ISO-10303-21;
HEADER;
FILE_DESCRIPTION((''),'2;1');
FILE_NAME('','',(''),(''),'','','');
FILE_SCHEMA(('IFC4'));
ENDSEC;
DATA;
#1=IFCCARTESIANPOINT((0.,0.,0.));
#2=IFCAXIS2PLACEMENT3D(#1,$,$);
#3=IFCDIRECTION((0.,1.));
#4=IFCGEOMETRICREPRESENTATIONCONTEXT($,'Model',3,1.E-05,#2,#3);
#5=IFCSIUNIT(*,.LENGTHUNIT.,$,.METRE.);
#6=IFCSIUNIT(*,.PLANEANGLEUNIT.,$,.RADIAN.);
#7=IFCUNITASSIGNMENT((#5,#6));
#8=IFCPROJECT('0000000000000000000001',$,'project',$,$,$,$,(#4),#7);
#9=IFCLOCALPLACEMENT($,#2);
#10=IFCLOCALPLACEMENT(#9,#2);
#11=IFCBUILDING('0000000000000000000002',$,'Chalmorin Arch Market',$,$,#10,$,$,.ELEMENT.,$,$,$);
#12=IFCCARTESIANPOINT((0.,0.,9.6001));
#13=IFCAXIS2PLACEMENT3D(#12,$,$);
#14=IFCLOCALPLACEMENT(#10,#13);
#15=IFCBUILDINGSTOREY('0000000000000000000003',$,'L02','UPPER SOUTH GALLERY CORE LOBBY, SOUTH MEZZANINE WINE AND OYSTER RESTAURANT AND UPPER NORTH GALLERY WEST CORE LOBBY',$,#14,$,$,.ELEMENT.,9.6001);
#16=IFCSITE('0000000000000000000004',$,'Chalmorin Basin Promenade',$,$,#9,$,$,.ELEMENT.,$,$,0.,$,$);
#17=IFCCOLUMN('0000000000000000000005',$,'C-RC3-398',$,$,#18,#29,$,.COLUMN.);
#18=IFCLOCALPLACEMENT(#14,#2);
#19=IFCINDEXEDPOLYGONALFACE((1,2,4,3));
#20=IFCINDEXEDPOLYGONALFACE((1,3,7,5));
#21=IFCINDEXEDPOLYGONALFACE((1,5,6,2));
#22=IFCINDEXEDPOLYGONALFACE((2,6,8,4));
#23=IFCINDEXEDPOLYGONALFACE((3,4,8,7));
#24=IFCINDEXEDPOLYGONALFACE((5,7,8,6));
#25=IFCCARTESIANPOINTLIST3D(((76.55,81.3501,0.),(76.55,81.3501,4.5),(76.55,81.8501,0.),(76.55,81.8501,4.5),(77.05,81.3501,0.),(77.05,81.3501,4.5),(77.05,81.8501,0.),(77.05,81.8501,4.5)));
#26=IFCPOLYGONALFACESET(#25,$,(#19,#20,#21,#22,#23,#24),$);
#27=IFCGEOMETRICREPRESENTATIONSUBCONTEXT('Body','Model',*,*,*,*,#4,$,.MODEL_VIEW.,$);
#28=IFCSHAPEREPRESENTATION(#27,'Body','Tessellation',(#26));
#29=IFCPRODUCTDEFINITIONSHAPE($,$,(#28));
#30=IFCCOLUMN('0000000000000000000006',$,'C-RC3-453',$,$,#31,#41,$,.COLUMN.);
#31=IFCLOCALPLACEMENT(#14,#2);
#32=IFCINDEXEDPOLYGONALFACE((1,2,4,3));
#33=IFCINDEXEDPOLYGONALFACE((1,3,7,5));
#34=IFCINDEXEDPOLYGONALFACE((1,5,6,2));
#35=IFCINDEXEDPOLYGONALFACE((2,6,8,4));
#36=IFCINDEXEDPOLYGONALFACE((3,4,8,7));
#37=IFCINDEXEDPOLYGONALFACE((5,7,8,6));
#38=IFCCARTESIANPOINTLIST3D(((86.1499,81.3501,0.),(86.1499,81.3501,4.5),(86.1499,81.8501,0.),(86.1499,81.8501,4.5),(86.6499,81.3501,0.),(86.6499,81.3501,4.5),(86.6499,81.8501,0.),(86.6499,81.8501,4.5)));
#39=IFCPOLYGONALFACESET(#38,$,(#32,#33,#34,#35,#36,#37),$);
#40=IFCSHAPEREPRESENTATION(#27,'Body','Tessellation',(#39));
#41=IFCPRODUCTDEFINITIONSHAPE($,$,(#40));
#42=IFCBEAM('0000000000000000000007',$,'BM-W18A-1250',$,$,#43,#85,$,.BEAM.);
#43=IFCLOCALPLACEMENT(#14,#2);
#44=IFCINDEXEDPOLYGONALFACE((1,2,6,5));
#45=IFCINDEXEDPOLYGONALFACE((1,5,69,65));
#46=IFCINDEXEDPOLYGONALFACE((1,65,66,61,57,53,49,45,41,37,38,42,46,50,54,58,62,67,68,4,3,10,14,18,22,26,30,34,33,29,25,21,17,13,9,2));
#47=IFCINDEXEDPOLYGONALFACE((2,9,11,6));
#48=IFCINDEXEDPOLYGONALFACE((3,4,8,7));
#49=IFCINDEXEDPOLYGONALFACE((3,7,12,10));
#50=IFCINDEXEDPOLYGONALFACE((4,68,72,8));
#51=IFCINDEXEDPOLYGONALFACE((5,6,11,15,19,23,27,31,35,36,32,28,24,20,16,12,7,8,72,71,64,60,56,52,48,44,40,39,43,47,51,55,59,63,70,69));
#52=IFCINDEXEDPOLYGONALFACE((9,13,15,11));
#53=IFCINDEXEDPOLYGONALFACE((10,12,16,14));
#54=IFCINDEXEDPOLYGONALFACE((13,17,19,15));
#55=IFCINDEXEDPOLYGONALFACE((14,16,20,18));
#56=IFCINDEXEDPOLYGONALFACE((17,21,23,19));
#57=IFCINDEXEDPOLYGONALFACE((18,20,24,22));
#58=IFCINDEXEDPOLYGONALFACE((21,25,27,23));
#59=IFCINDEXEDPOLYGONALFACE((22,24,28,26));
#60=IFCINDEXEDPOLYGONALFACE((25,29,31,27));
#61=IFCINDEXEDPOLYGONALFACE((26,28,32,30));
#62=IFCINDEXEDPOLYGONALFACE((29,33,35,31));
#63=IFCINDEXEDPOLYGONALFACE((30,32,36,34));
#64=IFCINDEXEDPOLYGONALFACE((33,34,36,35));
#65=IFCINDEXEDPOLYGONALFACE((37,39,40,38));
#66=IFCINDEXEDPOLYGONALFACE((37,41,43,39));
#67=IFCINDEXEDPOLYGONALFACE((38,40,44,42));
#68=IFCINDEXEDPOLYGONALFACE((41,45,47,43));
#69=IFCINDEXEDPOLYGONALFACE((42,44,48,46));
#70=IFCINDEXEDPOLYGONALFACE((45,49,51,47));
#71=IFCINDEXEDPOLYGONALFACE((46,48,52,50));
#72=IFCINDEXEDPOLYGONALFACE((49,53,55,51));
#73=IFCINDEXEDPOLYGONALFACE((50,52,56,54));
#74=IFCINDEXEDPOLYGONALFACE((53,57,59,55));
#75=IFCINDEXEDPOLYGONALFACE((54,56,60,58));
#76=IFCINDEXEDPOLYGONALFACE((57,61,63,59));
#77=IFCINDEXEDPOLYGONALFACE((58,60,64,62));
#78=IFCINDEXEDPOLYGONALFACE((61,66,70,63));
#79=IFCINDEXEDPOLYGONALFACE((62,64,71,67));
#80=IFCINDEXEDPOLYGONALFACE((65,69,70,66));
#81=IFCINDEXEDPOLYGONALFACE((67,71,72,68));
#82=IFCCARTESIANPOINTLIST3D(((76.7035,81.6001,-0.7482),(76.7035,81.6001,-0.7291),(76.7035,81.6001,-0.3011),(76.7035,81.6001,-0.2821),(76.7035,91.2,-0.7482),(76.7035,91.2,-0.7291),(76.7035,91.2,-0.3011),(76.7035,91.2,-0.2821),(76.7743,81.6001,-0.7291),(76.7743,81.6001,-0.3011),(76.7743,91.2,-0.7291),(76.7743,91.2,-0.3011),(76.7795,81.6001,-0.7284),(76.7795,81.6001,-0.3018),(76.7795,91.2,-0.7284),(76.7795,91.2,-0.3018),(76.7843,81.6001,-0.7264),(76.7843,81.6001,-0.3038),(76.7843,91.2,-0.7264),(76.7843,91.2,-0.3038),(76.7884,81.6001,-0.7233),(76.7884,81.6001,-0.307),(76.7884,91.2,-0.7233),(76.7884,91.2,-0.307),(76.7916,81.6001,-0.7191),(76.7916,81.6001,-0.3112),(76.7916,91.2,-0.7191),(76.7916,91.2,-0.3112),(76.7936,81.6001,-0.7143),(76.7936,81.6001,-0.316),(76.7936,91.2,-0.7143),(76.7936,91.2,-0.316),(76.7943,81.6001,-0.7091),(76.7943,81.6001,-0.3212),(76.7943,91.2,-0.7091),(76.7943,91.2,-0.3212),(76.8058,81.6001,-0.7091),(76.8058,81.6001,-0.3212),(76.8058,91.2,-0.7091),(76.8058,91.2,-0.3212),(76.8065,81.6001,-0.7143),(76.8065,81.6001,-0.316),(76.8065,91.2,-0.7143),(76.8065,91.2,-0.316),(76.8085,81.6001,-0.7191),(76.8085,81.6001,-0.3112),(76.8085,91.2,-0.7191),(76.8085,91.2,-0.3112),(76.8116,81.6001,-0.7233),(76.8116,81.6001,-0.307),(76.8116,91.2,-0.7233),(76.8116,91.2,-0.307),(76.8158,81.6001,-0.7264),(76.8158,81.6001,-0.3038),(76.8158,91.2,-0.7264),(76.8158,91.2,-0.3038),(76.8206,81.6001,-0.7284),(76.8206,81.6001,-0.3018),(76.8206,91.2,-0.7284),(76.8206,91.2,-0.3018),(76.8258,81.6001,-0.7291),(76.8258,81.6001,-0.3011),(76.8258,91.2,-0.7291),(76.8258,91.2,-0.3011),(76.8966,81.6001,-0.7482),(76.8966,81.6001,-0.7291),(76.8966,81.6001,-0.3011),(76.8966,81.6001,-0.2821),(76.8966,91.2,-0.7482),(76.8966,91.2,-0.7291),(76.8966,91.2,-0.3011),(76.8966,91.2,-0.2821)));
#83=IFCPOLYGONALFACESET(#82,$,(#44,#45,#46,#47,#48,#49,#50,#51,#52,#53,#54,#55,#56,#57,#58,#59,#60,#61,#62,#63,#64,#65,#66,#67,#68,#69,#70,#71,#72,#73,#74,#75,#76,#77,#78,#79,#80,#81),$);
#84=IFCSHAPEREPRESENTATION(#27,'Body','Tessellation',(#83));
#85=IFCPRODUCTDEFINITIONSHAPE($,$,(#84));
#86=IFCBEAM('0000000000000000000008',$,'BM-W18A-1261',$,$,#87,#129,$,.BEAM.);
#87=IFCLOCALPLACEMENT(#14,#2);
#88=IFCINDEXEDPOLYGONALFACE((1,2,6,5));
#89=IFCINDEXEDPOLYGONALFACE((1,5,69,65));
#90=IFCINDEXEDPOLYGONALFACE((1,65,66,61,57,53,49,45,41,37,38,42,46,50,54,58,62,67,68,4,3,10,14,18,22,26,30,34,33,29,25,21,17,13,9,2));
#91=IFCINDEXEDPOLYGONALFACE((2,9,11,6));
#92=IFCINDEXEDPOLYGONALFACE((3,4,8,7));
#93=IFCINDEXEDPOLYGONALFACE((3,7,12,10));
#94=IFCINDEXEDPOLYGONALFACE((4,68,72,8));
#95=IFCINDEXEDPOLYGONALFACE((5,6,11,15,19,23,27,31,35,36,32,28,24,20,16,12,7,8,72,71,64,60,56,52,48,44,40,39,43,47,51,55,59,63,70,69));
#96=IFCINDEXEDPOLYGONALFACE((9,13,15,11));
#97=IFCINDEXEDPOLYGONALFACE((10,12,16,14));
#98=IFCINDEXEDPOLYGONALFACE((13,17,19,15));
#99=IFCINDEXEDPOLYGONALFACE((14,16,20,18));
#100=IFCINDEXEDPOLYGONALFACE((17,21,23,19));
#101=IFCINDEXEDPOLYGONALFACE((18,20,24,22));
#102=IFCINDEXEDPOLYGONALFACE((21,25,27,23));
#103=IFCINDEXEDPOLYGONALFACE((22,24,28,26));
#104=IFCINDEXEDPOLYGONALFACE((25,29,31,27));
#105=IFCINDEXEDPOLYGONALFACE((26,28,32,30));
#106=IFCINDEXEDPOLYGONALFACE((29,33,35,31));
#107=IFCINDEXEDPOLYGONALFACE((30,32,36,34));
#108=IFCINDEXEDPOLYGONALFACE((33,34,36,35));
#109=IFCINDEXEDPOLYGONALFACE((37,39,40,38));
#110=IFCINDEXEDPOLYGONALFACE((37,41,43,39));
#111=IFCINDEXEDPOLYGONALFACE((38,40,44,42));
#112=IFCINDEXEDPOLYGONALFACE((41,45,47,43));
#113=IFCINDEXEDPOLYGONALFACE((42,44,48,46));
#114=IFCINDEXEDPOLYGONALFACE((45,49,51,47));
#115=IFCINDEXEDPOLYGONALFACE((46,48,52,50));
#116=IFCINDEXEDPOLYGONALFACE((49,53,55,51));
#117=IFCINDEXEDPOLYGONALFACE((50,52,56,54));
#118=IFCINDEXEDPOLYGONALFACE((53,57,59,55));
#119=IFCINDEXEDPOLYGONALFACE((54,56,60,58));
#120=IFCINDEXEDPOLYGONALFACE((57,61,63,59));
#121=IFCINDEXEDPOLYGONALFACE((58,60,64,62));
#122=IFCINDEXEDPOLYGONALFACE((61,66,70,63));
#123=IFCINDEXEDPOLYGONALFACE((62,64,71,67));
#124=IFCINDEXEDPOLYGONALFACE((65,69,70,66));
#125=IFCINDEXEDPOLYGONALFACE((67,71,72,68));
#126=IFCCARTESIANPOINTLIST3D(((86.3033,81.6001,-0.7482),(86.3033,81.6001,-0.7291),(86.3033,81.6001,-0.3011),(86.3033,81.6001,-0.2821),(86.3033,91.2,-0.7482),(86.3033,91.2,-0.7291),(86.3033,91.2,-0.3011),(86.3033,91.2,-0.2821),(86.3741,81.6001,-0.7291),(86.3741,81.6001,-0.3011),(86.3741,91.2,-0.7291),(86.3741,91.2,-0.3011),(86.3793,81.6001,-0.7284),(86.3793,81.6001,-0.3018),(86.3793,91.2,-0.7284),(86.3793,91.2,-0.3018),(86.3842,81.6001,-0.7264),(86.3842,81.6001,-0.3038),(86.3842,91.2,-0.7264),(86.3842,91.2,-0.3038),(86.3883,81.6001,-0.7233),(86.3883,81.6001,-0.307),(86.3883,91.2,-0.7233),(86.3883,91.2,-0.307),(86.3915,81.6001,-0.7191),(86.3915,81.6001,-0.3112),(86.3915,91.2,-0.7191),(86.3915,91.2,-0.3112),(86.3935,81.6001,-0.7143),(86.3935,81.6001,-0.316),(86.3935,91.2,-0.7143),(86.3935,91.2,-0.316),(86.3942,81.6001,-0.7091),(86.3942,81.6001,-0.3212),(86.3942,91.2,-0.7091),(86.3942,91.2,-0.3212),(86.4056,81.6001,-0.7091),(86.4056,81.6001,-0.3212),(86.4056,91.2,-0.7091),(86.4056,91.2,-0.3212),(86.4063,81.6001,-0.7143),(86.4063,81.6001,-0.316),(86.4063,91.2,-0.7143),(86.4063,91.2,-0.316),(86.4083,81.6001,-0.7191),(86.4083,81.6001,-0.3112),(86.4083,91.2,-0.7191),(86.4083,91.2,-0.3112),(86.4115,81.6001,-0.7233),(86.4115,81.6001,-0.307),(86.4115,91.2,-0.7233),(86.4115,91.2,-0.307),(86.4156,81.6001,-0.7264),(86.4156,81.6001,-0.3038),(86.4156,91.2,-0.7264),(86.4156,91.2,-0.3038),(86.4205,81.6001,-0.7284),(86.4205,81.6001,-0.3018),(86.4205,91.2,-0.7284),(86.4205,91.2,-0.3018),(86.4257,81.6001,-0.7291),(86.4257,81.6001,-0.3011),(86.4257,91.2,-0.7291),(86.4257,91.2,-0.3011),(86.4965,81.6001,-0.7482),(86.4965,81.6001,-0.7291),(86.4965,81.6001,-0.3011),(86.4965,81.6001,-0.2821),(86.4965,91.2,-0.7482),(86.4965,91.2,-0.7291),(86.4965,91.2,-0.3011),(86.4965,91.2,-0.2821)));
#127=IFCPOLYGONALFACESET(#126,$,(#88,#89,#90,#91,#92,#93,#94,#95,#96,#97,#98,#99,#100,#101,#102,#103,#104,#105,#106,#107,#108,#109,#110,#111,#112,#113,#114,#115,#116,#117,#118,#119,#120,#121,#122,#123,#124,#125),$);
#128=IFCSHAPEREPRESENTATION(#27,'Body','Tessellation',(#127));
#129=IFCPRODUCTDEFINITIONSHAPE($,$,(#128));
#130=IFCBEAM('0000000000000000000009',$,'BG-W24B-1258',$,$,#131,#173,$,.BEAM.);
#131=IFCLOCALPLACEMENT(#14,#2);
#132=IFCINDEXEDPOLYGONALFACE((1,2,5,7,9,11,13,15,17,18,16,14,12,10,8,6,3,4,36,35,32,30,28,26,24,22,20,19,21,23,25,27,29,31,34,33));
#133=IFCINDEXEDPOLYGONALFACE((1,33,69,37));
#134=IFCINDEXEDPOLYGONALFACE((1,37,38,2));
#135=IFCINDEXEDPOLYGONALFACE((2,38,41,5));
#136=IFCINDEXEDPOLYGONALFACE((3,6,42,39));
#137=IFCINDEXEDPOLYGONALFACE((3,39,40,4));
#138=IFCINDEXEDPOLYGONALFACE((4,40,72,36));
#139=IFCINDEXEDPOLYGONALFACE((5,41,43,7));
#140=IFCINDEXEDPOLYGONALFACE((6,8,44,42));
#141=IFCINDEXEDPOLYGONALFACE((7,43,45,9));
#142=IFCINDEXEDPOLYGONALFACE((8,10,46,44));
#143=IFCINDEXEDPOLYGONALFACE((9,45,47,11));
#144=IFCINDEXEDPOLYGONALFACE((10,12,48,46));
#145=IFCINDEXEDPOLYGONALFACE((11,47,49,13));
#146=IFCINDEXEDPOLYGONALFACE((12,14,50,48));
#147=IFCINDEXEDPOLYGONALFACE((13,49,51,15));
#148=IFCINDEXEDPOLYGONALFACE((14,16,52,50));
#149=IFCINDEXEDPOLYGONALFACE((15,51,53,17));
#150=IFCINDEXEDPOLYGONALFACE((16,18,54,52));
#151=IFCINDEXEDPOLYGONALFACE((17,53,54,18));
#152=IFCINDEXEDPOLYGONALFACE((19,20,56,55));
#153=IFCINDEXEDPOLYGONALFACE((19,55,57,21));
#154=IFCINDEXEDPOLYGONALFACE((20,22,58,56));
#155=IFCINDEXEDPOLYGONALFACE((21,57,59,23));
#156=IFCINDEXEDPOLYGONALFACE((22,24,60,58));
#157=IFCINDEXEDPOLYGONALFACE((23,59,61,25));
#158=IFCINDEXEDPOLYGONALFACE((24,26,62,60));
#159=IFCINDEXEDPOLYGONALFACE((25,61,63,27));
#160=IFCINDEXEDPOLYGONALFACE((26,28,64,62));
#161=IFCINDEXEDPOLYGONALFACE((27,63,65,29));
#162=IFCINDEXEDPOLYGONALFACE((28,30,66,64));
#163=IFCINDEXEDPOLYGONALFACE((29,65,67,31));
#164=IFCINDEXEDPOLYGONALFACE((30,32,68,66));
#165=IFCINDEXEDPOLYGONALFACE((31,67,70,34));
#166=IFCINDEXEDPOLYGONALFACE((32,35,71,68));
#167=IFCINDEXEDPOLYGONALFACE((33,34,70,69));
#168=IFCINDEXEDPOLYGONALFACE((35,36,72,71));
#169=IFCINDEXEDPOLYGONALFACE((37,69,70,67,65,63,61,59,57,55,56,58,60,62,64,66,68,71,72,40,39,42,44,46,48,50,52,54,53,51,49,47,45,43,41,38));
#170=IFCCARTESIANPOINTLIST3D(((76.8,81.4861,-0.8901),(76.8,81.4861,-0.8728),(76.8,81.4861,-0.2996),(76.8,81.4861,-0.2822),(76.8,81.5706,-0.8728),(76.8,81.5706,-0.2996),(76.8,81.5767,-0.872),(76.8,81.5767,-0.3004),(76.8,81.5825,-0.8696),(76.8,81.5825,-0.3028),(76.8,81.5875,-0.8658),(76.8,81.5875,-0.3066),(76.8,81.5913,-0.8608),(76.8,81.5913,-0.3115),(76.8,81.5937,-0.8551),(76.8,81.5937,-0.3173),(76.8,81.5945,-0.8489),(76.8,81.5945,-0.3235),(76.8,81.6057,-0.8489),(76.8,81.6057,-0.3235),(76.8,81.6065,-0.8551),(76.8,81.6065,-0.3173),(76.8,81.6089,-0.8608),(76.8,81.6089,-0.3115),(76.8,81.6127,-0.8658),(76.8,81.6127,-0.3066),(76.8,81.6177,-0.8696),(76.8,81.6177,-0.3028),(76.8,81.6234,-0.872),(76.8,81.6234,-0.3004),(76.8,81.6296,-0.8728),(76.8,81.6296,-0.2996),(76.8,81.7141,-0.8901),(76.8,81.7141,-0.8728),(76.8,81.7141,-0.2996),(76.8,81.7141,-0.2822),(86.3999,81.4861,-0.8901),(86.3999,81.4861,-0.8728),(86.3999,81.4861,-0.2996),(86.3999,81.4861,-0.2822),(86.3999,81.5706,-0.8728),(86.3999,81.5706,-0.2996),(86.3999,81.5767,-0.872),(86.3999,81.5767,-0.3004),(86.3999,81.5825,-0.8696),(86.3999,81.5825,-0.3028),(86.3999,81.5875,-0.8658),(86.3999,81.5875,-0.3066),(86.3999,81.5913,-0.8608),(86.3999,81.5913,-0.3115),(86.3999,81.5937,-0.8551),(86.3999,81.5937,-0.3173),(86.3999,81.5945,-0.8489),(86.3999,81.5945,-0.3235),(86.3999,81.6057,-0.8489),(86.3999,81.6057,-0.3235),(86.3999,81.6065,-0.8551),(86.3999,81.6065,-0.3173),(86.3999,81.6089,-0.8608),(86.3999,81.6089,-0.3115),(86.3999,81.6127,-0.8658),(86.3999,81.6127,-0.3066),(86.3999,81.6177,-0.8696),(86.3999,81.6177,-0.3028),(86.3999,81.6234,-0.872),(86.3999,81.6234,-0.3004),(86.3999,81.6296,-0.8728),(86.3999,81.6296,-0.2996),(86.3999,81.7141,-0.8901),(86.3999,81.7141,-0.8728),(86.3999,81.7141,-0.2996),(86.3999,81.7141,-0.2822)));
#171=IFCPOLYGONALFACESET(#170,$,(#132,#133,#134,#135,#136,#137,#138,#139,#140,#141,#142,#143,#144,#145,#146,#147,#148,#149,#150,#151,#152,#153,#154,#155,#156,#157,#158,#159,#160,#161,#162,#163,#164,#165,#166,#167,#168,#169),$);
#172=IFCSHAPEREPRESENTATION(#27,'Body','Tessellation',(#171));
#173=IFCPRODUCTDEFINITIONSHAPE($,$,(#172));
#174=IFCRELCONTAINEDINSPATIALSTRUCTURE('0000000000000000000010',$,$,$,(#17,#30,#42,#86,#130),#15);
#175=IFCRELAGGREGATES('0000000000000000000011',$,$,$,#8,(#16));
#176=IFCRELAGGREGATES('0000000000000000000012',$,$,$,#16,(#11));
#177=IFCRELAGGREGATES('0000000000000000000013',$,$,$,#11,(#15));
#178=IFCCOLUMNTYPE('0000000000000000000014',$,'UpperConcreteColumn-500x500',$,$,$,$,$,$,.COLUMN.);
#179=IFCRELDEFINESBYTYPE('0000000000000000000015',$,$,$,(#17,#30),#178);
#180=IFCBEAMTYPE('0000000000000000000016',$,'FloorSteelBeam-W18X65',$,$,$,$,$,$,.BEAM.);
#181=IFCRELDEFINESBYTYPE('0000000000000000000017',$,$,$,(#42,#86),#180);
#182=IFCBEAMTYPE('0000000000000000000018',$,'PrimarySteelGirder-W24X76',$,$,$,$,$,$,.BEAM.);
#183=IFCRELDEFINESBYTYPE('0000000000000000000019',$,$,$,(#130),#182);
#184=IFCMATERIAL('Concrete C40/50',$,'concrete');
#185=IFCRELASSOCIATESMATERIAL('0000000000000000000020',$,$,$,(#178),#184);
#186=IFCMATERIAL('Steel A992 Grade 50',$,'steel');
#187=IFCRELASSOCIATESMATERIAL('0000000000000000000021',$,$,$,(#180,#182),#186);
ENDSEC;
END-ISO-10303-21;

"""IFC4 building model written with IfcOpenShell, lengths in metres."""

from ifc_helpers import new_model, si_unit, direction, frame, origin, origin_2d, place, context, subcontext, project, spatial, rectangle, i_section, extrude, material, material_profile, profile_set, type_object, element, save


model = new_model("IFC4")

# Units and contexts
model_context = context("Model", 3, precision=1e-05, world=origin(), true_north=direction((0.0, 1.0)))
body_context = subcontext(model_context, "Body", "Model", "MODEL_VIEW")
ifc_project = project(units=[si_unit("LENGTHUNIT", "METRE"), si_unit("PLANEANGLEUNIT", "RADIAN")], contexts=[model_context])

# Site, building, storey
site_placement = place(None, origin())
site = spatial("IfcSite", under=ifc_project, at=site_placement, Name="Chalmorin Basin Promenade", CompositionType="ELEMENT", RefElevation=0.0)
building_placement = place(site_placement, origin())
building = spatial("IfcBuilding", under=site, at=building_placement, Name="Chalmorin Arch Market", CompositionType="ELEMENT")
storey_placement = place(building_placement, frame((0.0, 0.0, 9.6001)))
storey = spatial("IfcBuildingStorey", under=building, at=storey_placement, Name="L02", Description="UPPER SOUTH GALLERY CORE LOBBY, SOUTH MEZZANINE WINE AND OYSTER RESTAURANT AND UPPER NORTH GALLERY WEST CORE LOBBY", CompositionType="ELEMENT", Elevation=9.6001)

# Columns
ifc_material_1 = material(Name="Concrete C40/50", Category="concrete")
ifc_material_profile_1 = material_profile(ifc_material_1, rectangle(XDim=0.5, YDim=0.5, at=origin_2d()), Name="RC500X500")
ifc_profile_set_1 = profile_set([ifc_material_profile_1], Name="Concrete C40/50")
column_type = type_object("IfcColumnType", Name="UpperConcreteColumn-500x500", PredefinedType="COLUMN", material=ifc_profile_set_1)
for number, where, z_axis, x_axis, name in (
    (1, (76.8, 81.6001, 0.0), (0.0, 0.0, 1.0), (1.0, 0.0, 0.0), "C-RC3-398"),
    (2, (86.3999, 81.6001, 0.0), (0.0, 0.0, 1.0), (1.0, 0.0, 0.0), "C-RC3-453"),
):
    element("IfcColumn", number, at=place(storey_placement, frame(where, z_axis=z_axis, x_axis=x_axis)), inside=storey, type_object=column_type, Name=name, PredefinedType="COLUMN", context=body_context, shape_type="SweptSolid", body=[
        extrude(rectangle(XDim=0.5, YDim=0.5, at=origin_2d()), origin(), (0.0, 0.0, 1.0), 4.5),
    ])

# Beams
ifc_material_2 = material(Name="Steel A992 Grade 50", Category="steel")
ifc_material_profile_2 = material_profile(ifc_material_2, i_section(OverallWidth=0.1931, OverallDepth=0.4661, WebThickness=0.0115, FlangeThickness=0.019, FilletRadius=0.02, at=origin_2d()), Name="W18X65")
ifc_profile_set_2 = profile_set([ifc_material_profile_2], Name="Steel A992 Grade 50")
beam_type_1 = type_object("IfcBeamType", Name="FloorSteelBeam-W18X65", PredefinedType="BEAM", material=ifc_profile_set_2)
for number, where, z_axis, x_axis, name in (
    (3, (76.8, 81.6001, -0.5151), (0.0, 1.0, 0.0), (-1.0, 0.0, 0.0), "BM-W18A-1250"),
    (4, (86.3999, 81.6001, -0.5151), (0.0, 1.0, 0.0), (-1.0, 0.0, 0.0), "BM-W18A-1261"),
):
    element("IfcBeam", number, at=place(storey_placement, frame(where, z_axis=z_axis, x_axis=x_axis)), inside=storey, type_object=beam_type_1, Name=name, PredefinedType="BEAM", context=body_context, shape_type="SweptSolid", body=[
        extrude(i_section(OverallWidth=0.1931, OverallDepth=0.4661, WebThickness=0.0115, FlangeThickness=0.019, FilletRadius=0.02, at=origin_2d()), origin(), (0.0, 0.0, 1.0), 9.5999),
    ])
ifc_material_profile_3 = material_profile(ifc_material_2, i_section(OverallWidth=0.228, OverallDepth=0.6079, WebThickness=0.0112, FlangeThickness=0.0173, FilletRadius=0.0239, at=origin_2d()), Name="W24X76")
ifc_profile_set_3 = profile_set([ifc_material_profile_3], Name="Steel A992 Grade 50")
beam_type_2 = type_object("IfcBeamType", Name="PrimarySteelGirder-W24X76", PredefinedType="BEAM", material=ifc_profile_set_3)
beam_1_placement = place(storey_placement, frame((76.8, 81.6001, -0.5862), z_axis=(1.0, 0.0, 0.0), x_axis=(0.0, 1.0, 0.0)))
element("IfcBeam", 5, at=beam_1_placement, inside=storey, type_object=beam_type_2, Name="BG-W24B-1258", PredefinedType="BEAM", context=body_context, shape_type="SweptSolid", body=[
    extrude(i_section(OverallWidth=0.228, OverallDepth=0.6079, WebThickness=0.0112, FlangeThickness=0.0173, FilletRadius=0.0239, at=origin_2d()), origin(), (0.0, 0.0, 1.0), 9.5999),
])

save(model, "model.ifc")
